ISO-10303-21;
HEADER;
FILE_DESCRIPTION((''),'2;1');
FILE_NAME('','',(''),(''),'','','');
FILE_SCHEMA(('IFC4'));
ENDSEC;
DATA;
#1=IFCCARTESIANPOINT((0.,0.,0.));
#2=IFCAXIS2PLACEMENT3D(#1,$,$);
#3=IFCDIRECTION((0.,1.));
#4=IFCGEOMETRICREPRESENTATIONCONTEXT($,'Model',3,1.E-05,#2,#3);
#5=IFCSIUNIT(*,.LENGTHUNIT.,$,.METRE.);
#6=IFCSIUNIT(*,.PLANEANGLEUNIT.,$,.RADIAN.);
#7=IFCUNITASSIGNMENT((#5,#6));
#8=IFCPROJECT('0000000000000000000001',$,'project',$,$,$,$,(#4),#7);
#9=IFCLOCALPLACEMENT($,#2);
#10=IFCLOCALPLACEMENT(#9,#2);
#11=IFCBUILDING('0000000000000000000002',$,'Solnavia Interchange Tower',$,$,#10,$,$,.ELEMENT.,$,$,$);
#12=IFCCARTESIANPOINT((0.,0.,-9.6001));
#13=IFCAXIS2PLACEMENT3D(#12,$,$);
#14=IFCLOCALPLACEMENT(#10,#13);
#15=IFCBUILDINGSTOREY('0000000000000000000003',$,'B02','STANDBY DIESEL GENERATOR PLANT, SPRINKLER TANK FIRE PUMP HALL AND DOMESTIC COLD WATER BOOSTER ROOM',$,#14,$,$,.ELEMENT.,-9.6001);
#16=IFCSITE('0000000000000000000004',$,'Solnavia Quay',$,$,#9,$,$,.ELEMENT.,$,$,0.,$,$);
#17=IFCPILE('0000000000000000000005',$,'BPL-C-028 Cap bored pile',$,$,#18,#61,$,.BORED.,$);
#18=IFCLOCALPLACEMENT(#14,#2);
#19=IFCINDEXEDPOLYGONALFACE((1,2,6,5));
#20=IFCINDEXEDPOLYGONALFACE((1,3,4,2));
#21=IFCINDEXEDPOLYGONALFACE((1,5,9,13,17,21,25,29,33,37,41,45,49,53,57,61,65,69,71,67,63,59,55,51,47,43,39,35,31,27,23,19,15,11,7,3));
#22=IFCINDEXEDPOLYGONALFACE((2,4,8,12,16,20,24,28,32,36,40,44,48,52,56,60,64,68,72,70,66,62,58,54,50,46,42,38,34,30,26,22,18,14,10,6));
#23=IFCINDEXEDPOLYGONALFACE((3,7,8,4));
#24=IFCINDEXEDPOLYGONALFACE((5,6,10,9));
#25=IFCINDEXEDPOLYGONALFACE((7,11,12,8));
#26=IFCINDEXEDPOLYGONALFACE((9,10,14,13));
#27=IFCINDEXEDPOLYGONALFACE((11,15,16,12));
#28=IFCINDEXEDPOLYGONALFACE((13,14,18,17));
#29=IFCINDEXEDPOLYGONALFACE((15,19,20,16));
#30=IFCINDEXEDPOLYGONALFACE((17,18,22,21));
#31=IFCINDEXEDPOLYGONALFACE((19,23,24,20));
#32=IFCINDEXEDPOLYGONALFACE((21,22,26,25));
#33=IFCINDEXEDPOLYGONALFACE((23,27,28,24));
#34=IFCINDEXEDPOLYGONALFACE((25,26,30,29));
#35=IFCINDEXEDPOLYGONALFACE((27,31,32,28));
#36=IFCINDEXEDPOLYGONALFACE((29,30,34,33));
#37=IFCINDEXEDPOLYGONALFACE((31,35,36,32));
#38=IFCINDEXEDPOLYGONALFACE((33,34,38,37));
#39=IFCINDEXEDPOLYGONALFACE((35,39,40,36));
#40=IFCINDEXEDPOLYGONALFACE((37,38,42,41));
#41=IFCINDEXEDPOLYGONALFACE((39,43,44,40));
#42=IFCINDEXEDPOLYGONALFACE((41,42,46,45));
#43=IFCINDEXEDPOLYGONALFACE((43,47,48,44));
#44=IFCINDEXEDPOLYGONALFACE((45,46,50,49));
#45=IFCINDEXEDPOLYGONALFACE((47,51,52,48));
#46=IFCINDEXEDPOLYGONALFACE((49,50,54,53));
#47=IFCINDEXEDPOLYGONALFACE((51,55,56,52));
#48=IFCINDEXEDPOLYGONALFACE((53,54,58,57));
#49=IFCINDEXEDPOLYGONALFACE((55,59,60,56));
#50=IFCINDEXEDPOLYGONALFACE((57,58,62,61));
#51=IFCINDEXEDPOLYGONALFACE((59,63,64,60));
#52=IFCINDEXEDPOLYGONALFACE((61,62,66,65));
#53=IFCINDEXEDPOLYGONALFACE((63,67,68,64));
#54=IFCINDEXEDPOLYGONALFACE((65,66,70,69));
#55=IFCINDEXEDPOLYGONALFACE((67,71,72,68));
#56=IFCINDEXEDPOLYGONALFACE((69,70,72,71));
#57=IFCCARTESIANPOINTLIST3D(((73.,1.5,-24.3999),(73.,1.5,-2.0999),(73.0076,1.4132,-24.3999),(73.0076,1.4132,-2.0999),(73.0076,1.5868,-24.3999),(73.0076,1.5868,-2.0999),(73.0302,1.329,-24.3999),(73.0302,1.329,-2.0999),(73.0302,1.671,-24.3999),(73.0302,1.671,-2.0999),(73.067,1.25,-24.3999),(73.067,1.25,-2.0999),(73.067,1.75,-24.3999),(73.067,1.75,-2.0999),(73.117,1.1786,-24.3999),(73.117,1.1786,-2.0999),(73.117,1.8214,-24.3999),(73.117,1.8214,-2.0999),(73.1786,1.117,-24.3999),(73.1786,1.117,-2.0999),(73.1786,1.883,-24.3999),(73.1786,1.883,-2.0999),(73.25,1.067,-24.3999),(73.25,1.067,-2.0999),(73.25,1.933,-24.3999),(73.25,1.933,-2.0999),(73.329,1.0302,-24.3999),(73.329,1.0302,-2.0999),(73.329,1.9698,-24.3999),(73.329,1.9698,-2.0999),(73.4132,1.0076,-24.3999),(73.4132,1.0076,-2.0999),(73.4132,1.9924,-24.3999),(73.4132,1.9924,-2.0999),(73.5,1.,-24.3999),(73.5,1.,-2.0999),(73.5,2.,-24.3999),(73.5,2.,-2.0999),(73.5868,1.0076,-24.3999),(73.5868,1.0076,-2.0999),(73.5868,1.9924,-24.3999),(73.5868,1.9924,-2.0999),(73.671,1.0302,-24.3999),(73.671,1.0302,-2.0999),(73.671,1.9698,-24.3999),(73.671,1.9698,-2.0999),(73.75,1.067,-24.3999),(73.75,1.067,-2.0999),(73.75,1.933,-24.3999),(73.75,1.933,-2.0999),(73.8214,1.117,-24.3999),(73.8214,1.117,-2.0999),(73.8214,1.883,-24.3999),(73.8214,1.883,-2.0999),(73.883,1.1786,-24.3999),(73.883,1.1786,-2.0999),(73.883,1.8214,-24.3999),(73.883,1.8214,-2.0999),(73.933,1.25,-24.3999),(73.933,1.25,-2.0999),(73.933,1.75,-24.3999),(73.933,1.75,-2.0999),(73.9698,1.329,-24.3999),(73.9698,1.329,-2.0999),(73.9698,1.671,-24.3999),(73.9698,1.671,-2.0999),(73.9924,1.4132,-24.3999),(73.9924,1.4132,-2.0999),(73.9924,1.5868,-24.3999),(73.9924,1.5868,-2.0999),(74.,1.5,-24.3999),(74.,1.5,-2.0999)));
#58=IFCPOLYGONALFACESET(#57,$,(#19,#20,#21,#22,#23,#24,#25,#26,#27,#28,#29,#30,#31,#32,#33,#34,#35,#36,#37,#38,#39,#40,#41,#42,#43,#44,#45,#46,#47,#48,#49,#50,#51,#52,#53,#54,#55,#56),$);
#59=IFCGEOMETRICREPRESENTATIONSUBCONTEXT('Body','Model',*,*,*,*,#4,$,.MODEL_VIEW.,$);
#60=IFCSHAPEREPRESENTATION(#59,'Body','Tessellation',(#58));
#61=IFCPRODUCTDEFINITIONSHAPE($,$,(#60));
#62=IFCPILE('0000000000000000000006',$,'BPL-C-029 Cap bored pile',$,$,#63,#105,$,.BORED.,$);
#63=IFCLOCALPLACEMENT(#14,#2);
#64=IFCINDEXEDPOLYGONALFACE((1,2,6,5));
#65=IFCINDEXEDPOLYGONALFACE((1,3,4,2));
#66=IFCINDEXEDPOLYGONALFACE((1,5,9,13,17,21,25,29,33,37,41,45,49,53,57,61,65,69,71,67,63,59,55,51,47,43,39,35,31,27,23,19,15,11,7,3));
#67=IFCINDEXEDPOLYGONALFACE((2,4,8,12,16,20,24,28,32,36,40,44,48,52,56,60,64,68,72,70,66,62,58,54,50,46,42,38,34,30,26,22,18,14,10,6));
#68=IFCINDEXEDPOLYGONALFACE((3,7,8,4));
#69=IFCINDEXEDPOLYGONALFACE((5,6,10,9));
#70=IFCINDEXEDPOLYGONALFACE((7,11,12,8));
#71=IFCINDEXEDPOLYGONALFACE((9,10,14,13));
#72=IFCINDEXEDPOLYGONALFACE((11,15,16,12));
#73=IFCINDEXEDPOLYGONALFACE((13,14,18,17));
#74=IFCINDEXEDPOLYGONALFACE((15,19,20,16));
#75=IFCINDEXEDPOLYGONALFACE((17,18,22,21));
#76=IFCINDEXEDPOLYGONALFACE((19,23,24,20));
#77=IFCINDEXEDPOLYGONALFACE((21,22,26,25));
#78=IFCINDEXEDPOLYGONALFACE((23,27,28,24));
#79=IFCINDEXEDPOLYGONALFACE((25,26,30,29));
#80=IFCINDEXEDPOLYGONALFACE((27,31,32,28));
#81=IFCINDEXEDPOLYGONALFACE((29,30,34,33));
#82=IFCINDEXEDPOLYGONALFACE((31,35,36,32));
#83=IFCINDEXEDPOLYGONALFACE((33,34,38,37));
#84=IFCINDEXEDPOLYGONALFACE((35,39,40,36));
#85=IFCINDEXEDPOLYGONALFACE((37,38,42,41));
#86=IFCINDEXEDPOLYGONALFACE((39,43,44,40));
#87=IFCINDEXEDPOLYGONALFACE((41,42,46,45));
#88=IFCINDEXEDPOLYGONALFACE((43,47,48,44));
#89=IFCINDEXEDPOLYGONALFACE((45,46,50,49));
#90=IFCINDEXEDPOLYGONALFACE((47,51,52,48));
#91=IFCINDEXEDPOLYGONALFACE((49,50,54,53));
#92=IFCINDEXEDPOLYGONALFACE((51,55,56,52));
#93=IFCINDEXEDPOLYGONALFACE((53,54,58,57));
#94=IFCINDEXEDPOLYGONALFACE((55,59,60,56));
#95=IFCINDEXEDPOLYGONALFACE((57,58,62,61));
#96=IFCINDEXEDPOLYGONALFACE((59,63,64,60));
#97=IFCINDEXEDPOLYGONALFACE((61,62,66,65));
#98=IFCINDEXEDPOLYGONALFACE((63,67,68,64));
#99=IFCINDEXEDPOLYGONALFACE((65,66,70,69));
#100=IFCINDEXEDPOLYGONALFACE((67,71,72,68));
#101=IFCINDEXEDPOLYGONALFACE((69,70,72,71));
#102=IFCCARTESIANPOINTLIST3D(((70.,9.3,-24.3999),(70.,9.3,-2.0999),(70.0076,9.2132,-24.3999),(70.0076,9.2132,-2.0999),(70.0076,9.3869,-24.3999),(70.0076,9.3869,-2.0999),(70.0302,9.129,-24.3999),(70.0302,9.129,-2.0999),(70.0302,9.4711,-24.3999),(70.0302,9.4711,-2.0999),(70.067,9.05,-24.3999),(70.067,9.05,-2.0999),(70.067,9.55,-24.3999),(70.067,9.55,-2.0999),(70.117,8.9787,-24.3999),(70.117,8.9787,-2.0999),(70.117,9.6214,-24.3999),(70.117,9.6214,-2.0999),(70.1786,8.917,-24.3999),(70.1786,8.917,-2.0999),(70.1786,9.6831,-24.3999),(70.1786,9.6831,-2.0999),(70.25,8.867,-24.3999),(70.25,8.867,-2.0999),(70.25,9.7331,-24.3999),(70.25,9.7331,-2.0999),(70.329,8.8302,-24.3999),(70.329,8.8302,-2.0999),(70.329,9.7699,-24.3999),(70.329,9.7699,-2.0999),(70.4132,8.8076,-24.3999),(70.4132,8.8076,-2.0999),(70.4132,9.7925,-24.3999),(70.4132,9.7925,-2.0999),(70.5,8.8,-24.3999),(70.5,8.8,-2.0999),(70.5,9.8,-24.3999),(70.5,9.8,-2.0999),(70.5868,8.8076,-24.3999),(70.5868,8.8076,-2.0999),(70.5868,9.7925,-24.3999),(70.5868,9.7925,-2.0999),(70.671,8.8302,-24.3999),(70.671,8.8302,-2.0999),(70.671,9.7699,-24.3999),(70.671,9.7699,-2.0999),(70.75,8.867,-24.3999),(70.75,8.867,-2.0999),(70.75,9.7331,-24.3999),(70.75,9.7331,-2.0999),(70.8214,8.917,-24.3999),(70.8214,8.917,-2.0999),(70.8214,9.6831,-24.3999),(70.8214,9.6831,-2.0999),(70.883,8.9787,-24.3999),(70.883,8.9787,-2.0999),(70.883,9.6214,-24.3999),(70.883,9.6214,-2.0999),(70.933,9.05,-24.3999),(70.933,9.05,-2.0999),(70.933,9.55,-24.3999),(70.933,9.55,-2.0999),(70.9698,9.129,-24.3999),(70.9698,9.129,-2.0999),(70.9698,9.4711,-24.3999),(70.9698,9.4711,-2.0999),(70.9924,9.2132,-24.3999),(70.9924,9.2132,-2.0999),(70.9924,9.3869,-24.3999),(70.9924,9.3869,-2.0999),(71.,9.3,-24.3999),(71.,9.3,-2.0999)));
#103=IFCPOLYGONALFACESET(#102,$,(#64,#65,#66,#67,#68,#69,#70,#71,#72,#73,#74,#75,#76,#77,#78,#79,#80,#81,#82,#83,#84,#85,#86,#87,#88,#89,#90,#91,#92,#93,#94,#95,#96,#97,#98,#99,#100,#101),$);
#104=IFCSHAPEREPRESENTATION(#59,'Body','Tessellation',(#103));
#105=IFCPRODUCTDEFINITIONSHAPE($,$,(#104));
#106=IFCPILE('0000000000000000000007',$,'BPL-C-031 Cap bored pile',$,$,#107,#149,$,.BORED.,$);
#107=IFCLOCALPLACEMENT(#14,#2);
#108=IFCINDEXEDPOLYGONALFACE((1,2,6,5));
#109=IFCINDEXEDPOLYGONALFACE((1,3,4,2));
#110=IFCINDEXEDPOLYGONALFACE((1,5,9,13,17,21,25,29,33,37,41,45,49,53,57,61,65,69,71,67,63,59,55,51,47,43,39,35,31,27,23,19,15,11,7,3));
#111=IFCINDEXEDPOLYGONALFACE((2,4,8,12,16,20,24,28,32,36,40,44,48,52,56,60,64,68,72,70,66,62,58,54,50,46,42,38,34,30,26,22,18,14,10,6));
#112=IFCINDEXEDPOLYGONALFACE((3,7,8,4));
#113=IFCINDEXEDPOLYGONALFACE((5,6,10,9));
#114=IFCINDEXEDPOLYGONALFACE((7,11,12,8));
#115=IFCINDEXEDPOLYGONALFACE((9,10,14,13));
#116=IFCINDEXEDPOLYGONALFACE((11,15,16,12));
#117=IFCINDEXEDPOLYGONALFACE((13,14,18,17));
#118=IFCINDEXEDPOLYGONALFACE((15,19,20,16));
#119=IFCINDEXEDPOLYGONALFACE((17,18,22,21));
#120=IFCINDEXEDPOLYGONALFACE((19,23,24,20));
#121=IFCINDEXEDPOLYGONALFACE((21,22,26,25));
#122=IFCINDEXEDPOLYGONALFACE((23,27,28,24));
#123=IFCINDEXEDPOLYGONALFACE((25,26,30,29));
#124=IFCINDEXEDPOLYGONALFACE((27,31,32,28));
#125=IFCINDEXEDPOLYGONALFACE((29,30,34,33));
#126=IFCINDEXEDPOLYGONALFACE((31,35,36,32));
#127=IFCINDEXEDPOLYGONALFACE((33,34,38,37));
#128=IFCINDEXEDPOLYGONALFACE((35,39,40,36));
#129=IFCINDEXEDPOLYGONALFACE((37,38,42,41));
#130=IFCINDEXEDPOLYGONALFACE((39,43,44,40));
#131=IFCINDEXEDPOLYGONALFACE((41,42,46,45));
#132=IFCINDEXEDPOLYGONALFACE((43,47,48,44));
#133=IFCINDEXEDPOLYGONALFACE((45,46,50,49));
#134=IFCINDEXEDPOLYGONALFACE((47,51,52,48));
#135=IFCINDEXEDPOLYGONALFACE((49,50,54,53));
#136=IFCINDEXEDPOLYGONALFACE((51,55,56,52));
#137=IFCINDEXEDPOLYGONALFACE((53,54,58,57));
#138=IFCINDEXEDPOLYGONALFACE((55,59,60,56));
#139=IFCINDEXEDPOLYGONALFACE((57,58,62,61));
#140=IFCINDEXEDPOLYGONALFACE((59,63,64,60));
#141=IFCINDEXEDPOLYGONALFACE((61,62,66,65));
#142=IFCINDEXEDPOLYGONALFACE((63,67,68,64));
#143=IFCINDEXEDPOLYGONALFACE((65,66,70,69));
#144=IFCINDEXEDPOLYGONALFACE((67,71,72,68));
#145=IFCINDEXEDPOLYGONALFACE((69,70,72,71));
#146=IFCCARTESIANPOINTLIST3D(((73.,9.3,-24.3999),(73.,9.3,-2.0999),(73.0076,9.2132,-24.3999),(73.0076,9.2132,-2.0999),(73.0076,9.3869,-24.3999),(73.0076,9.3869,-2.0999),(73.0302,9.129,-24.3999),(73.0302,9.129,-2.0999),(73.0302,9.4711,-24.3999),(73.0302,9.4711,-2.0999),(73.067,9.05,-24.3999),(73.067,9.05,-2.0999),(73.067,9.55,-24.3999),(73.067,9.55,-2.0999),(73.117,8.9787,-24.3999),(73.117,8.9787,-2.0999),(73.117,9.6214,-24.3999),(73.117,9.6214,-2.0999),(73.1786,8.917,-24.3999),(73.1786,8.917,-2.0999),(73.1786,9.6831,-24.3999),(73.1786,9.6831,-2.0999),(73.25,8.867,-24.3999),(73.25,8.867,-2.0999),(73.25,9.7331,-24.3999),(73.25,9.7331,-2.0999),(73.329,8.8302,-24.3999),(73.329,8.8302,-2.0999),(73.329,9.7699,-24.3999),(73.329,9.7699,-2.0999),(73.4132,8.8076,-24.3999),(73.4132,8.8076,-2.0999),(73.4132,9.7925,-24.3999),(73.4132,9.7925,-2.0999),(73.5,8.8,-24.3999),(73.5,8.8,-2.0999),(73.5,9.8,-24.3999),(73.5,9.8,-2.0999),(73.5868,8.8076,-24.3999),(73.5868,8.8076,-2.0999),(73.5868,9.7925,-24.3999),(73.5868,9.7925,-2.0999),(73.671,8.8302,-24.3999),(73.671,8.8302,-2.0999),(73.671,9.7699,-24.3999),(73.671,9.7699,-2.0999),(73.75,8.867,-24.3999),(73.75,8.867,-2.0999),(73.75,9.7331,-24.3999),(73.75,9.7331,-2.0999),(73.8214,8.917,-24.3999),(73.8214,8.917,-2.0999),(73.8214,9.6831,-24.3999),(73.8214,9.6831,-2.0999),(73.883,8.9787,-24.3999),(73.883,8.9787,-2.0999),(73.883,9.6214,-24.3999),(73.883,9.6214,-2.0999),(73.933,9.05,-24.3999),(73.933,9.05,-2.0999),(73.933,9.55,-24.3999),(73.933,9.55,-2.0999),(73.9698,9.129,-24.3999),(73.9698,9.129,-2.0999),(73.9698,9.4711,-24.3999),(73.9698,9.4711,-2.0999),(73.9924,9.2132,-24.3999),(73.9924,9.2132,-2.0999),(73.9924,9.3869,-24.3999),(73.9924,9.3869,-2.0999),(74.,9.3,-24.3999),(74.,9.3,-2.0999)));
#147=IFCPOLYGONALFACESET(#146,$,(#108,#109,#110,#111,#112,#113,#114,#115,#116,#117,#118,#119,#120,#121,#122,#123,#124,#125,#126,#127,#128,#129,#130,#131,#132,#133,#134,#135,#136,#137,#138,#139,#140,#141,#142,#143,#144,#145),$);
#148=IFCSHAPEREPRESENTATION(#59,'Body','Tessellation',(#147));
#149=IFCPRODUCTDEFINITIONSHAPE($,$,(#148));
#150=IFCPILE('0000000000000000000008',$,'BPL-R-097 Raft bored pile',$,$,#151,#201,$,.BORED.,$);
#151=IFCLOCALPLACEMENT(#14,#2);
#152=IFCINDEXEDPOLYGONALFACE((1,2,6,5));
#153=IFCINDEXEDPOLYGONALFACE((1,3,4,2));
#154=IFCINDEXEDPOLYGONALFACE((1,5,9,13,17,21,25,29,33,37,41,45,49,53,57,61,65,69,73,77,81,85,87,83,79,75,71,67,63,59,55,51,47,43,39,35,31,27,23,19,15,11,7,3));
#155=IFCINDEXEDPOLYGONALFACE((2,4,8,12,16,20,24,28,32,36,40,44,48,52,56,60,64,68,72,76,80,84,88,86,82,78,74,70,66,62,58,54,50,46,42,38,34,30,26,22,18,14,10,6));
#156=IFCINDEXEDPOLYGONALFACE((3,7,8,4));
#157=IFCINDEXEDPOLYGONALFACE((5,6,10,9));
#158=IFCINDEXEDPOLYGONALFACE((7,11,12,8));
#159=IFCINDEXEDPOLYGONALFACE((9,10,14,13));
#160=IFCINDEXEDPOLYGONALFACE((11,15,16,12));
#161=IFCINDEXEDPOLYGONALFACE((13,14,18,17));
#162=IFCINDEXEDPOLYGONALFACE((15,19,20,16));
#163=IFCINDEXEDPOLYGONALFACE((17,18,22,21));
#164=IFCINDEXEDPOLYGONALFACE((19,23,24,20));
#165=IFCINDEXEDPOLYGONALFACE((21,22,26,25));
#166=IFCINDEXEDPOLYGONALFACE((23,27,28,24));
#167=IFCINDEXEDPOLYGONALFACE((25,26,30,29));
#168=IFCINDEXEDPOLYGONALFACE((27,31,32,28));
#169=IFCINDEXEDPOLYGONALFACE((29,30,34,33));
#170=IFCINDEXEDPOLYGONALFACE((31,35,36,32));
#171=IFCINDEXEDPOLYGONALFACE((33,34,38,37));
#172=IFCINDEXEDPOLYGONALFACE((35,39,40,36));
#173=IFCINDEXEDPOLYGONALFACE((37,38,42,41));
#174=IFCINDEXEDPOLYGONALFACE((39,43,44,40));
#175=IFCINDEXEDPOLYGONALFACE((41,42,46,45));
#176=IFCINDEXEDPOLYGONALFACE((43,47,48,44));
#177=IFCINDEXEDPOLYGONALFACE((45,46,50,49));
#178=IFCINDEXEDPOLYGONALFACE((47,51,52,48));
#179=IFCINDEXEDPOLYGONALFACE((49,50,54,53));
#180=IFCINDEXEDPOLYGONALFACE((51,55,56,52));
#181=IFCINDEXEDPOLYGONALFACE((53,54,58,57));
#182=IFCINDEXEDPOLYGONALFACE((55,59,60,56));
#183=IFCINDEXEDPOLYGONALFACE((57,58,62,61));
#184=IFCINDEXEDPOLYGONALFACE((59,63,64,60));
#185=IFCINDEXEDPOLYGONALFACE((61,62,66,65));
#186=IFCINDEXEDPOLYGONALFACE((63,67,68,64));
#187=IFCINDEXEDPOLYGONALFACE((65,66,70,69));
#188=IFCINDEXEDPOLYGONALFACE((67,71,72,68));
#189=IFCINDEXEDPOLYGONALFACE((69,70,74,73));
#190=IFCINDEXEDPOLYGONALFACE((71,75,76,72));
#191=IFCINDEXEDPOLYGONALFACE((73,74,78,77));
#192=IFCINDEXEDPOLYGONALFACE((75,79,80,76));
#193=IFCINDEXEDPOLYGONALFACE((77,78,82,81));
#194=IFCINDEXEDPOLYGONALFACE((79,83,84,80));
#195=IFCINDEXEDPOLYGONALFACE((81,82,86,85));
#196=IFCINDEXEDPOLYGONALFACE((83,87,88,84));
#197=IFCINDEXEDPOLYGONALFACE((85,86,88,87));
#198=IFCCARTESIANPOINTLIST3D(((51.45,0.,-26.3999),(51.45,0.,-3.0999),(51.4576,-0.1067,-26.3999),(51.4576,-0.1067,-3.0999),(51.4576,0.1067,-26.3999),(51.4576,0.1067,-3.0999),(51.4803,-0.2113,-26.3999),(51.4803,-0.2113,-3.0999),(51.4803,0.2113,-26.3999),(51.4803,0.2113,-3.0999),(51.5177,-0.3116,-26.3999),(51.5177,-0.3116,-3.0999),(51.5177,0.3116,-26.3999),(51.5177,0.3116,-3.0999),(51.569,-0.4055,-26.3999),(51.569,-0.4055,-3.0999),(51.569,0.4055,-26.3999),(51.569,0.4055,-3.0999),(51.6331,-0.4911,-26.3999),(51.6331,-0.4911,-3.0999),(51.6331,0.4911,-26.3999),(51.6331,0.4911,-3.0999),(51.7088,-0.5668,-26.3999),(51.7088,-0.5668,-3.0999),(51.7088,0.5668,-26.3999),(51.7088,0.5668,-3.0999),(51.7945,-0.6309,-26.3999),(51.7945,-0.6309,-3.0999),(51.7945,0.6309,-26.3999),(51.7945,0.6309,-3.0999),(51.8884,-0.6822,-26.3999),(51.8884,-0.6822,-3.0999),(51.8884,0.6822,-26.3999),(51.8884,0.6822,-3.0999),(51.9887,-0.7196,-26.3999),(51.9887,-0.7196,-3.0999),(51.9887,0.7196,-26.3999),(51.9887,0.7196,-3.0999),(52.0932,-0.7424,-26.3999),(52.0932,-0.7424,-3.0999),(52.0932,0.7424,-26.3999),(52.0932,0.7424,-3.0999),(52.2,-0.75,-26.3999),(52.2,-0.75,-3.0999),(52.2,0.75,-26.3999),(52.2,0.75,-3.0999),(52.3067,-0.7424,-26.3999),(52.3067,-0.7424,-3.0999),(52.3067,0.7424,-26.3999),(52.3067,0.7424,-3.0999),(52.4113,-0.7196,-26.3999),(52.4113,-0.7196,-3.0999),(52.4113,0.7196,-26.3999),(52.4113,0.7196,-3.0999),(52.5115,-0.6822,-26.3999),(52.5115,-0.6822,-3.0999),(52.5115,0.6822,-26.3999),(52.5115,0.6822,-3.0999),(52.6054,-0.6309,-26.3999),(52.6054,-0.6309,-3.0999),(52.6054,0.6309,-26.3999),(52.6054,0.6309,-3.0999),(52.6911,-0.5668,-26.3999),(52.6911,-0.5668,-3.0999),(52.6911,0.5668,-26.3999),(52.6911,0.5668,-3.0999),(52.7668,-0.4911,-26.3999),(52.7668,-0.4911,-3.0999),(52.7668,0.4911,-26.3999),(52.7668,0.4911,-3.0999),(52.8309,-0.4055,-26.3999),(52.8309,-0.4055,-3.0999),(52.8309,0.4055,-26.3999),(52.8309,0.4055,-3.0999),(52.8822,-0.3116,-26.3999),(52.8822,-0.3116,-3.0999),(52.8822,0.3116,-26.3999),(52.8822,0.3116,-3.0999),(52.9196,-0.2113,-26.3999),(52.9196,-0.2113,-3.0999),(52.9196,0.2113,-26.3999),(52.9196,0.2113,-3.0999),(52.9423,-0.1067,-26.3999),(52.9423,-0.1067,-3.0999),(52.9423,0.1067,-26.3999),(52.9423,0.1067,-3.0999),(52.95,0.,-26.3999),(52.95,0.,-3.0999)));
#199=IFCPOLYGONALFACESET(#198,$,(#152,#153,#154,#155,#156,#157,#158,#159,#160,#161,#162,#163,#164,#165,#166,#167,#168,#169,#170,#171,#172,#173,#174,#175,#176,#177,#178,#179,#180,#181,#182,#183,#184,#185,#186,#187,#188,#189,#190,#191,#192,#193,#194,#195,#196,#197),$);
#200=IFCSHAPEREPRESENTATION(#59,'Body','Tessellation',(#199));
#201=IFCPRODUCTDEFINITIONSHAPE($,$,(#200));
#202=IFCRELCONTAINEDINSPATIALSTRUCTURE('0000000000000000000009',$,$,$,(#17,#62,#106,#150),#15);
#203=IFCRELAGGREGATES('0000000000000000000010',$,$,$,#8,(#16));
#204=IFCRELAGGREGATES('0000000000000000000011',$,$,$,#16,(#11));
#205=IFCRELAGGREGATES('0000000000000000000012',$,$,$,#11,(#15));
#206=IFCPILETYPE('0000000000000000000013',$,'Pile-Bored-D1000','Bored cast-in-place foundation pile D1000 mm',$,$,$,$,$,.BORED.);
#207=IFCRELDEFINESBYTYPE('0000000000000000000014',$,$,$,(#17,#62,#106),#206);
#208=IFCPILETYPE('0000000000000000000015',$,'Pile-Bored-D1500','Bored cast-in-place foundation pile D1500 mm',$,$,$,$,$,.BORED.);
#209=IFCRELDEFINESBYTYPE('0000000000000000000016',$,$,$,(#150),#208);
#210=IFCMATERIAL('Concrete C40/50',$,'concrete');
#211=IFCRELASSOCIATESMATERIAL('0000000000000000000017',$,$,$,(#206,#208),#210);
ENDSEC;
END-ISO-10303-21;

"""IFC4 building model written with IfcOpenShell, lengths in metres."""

from ifc_helpers import new_model, si_unit, direction, frame, origin, origin_2d, place, context, subcontext, project, spatial, circle, extrude, material, material_profile, profile_set, type_object, element, save


model = new_model("IFC4")

# Units and contexts
model_context = context("Model", 3, precision=1e-05, world=origin(), true_north=direction((0.0, 1.0)))
body_context = subcontext(model_context, "Body", "Model", "MODEL_VIEW")
ifc_project = project(units=[si_unit("LENGTHUNIT", "METRE"), si_unit("PLANEANGLEUNIT", "RADIAN")], contexts=[model_context])

# Site, building, storey
site_placement = place(None, origin())
site = spatial("IfcSite", under=ifc_project, at=site_placement, Name="Solnavia Quay", CompositionType="ELEMENT", RefElevation=0.0)
building_placement = place(site_placement, origin())
building = spatial("IfcBuilding", under=site, at=building_placement, Name="Solnavia Interchange Tower", CompositionType="ELEMENT")
storey_placement = place(building_placement, frame((0.0, 0.0, -9.6001)))
storey = spatial("IfcBuildingStorey", under=building, at=storey_placement, Name="B02", Description="STANDBY DIESEL GENERATOR PLANT, SPRINKLER TANK FIRE PUMP HALL AND DOMESTIC COLD WATER BOOSTER ROOM", CompositionType="ELEMENT", Elevation=-9.6001)

# Shared definitions
ifc_material_1 = material(Name="Concrete C40/50", Category="concrete")

# Piles
ifc_material_profile_1 = material_profile(ifc_material_1, circle(Radius=0.5, at=origin_2d()), Name="PILE D1000")
ifc_profile_set_1 = profile_set([ifc_material_profile_1], Name="Concrete C40/50")
pile_type_1 = type_object("IfcPileType", Name="Pile-Bored-D1000", Description="Bored cast-in-place foundation pile D1000 mm", PredefinedType="BORED", material=ifc_profile_set_1)
for number, where, z_axis, x_axis, name in (
    (1, (73.5, 1.5, -2.0999), (0.0, 0.0, -1.0), (1.0, 0.0, 0.0), "BPL-C-028 Cap bored pile"),
    (2, (70.5, 9.3, -2.0999), (0.0, 0.0, -1.0), (1.0, 0.0, 0.0), "BPL-C-029 Cap bored pile"),
    (3, (73.5, 9.3, -2.0999), (0.0, 0.0, -1.0), (1.0, 0.0, 0.0), "BPL-C-031 Cap bored pile"),
):
    element("IfcPile", number, at=place(storey_placement, frame(where, z_axis=z_axis, x_axis=x_axis)), inside=storey, type_object=pile_type_1, Name=name, PredefinedType="BORED", context=body_context, shape_type="SweptSolid", body=[
        extrude(circle(Radius=0.5, at=origin_2d()), origin(), (0.0, 0.0, 1.0), 22.3),
    ])
ifc_material_profile_2 = material_profile(ifc_material_1, circle(Radius=0.75, at=origin_2d()), Name="PILE D1500")
ifc_profile_set_2 = profile_set([ifc_material_profile_2], Name="Concrete C40/50")
pile_type_2 = type_object("IfcPileType", Name="Pile-Bored-D1500", Description="Bored cast-in-place foundation pile D1500 mm", PredefinedType="BORED", material=ifc_profile_set_2)
for number, where, z_axis, x_axis, name in (
    (4, (52.2, 0.0, -3.0999), (0.0, 0.0, -1.0), (1.0, 0.0, 0.0), "BPL-R-097 Raft bored pile"),
):
    element("IfcPile", number, at=place(storey_placement, frame(where, z_axis=z_axis, x_axis=x_axis)), inside=storey, type_object=pile_type_2, Name=name, PredefinedType="BORED", context=body_context, shape_type="SweptSolid", body=[
        extrude(circle(Radius=0.75, at=origin_2d()), origin(), (0.0, 0.0, 1.0), 23.3),
    ])

save(model, "model.ifc")
